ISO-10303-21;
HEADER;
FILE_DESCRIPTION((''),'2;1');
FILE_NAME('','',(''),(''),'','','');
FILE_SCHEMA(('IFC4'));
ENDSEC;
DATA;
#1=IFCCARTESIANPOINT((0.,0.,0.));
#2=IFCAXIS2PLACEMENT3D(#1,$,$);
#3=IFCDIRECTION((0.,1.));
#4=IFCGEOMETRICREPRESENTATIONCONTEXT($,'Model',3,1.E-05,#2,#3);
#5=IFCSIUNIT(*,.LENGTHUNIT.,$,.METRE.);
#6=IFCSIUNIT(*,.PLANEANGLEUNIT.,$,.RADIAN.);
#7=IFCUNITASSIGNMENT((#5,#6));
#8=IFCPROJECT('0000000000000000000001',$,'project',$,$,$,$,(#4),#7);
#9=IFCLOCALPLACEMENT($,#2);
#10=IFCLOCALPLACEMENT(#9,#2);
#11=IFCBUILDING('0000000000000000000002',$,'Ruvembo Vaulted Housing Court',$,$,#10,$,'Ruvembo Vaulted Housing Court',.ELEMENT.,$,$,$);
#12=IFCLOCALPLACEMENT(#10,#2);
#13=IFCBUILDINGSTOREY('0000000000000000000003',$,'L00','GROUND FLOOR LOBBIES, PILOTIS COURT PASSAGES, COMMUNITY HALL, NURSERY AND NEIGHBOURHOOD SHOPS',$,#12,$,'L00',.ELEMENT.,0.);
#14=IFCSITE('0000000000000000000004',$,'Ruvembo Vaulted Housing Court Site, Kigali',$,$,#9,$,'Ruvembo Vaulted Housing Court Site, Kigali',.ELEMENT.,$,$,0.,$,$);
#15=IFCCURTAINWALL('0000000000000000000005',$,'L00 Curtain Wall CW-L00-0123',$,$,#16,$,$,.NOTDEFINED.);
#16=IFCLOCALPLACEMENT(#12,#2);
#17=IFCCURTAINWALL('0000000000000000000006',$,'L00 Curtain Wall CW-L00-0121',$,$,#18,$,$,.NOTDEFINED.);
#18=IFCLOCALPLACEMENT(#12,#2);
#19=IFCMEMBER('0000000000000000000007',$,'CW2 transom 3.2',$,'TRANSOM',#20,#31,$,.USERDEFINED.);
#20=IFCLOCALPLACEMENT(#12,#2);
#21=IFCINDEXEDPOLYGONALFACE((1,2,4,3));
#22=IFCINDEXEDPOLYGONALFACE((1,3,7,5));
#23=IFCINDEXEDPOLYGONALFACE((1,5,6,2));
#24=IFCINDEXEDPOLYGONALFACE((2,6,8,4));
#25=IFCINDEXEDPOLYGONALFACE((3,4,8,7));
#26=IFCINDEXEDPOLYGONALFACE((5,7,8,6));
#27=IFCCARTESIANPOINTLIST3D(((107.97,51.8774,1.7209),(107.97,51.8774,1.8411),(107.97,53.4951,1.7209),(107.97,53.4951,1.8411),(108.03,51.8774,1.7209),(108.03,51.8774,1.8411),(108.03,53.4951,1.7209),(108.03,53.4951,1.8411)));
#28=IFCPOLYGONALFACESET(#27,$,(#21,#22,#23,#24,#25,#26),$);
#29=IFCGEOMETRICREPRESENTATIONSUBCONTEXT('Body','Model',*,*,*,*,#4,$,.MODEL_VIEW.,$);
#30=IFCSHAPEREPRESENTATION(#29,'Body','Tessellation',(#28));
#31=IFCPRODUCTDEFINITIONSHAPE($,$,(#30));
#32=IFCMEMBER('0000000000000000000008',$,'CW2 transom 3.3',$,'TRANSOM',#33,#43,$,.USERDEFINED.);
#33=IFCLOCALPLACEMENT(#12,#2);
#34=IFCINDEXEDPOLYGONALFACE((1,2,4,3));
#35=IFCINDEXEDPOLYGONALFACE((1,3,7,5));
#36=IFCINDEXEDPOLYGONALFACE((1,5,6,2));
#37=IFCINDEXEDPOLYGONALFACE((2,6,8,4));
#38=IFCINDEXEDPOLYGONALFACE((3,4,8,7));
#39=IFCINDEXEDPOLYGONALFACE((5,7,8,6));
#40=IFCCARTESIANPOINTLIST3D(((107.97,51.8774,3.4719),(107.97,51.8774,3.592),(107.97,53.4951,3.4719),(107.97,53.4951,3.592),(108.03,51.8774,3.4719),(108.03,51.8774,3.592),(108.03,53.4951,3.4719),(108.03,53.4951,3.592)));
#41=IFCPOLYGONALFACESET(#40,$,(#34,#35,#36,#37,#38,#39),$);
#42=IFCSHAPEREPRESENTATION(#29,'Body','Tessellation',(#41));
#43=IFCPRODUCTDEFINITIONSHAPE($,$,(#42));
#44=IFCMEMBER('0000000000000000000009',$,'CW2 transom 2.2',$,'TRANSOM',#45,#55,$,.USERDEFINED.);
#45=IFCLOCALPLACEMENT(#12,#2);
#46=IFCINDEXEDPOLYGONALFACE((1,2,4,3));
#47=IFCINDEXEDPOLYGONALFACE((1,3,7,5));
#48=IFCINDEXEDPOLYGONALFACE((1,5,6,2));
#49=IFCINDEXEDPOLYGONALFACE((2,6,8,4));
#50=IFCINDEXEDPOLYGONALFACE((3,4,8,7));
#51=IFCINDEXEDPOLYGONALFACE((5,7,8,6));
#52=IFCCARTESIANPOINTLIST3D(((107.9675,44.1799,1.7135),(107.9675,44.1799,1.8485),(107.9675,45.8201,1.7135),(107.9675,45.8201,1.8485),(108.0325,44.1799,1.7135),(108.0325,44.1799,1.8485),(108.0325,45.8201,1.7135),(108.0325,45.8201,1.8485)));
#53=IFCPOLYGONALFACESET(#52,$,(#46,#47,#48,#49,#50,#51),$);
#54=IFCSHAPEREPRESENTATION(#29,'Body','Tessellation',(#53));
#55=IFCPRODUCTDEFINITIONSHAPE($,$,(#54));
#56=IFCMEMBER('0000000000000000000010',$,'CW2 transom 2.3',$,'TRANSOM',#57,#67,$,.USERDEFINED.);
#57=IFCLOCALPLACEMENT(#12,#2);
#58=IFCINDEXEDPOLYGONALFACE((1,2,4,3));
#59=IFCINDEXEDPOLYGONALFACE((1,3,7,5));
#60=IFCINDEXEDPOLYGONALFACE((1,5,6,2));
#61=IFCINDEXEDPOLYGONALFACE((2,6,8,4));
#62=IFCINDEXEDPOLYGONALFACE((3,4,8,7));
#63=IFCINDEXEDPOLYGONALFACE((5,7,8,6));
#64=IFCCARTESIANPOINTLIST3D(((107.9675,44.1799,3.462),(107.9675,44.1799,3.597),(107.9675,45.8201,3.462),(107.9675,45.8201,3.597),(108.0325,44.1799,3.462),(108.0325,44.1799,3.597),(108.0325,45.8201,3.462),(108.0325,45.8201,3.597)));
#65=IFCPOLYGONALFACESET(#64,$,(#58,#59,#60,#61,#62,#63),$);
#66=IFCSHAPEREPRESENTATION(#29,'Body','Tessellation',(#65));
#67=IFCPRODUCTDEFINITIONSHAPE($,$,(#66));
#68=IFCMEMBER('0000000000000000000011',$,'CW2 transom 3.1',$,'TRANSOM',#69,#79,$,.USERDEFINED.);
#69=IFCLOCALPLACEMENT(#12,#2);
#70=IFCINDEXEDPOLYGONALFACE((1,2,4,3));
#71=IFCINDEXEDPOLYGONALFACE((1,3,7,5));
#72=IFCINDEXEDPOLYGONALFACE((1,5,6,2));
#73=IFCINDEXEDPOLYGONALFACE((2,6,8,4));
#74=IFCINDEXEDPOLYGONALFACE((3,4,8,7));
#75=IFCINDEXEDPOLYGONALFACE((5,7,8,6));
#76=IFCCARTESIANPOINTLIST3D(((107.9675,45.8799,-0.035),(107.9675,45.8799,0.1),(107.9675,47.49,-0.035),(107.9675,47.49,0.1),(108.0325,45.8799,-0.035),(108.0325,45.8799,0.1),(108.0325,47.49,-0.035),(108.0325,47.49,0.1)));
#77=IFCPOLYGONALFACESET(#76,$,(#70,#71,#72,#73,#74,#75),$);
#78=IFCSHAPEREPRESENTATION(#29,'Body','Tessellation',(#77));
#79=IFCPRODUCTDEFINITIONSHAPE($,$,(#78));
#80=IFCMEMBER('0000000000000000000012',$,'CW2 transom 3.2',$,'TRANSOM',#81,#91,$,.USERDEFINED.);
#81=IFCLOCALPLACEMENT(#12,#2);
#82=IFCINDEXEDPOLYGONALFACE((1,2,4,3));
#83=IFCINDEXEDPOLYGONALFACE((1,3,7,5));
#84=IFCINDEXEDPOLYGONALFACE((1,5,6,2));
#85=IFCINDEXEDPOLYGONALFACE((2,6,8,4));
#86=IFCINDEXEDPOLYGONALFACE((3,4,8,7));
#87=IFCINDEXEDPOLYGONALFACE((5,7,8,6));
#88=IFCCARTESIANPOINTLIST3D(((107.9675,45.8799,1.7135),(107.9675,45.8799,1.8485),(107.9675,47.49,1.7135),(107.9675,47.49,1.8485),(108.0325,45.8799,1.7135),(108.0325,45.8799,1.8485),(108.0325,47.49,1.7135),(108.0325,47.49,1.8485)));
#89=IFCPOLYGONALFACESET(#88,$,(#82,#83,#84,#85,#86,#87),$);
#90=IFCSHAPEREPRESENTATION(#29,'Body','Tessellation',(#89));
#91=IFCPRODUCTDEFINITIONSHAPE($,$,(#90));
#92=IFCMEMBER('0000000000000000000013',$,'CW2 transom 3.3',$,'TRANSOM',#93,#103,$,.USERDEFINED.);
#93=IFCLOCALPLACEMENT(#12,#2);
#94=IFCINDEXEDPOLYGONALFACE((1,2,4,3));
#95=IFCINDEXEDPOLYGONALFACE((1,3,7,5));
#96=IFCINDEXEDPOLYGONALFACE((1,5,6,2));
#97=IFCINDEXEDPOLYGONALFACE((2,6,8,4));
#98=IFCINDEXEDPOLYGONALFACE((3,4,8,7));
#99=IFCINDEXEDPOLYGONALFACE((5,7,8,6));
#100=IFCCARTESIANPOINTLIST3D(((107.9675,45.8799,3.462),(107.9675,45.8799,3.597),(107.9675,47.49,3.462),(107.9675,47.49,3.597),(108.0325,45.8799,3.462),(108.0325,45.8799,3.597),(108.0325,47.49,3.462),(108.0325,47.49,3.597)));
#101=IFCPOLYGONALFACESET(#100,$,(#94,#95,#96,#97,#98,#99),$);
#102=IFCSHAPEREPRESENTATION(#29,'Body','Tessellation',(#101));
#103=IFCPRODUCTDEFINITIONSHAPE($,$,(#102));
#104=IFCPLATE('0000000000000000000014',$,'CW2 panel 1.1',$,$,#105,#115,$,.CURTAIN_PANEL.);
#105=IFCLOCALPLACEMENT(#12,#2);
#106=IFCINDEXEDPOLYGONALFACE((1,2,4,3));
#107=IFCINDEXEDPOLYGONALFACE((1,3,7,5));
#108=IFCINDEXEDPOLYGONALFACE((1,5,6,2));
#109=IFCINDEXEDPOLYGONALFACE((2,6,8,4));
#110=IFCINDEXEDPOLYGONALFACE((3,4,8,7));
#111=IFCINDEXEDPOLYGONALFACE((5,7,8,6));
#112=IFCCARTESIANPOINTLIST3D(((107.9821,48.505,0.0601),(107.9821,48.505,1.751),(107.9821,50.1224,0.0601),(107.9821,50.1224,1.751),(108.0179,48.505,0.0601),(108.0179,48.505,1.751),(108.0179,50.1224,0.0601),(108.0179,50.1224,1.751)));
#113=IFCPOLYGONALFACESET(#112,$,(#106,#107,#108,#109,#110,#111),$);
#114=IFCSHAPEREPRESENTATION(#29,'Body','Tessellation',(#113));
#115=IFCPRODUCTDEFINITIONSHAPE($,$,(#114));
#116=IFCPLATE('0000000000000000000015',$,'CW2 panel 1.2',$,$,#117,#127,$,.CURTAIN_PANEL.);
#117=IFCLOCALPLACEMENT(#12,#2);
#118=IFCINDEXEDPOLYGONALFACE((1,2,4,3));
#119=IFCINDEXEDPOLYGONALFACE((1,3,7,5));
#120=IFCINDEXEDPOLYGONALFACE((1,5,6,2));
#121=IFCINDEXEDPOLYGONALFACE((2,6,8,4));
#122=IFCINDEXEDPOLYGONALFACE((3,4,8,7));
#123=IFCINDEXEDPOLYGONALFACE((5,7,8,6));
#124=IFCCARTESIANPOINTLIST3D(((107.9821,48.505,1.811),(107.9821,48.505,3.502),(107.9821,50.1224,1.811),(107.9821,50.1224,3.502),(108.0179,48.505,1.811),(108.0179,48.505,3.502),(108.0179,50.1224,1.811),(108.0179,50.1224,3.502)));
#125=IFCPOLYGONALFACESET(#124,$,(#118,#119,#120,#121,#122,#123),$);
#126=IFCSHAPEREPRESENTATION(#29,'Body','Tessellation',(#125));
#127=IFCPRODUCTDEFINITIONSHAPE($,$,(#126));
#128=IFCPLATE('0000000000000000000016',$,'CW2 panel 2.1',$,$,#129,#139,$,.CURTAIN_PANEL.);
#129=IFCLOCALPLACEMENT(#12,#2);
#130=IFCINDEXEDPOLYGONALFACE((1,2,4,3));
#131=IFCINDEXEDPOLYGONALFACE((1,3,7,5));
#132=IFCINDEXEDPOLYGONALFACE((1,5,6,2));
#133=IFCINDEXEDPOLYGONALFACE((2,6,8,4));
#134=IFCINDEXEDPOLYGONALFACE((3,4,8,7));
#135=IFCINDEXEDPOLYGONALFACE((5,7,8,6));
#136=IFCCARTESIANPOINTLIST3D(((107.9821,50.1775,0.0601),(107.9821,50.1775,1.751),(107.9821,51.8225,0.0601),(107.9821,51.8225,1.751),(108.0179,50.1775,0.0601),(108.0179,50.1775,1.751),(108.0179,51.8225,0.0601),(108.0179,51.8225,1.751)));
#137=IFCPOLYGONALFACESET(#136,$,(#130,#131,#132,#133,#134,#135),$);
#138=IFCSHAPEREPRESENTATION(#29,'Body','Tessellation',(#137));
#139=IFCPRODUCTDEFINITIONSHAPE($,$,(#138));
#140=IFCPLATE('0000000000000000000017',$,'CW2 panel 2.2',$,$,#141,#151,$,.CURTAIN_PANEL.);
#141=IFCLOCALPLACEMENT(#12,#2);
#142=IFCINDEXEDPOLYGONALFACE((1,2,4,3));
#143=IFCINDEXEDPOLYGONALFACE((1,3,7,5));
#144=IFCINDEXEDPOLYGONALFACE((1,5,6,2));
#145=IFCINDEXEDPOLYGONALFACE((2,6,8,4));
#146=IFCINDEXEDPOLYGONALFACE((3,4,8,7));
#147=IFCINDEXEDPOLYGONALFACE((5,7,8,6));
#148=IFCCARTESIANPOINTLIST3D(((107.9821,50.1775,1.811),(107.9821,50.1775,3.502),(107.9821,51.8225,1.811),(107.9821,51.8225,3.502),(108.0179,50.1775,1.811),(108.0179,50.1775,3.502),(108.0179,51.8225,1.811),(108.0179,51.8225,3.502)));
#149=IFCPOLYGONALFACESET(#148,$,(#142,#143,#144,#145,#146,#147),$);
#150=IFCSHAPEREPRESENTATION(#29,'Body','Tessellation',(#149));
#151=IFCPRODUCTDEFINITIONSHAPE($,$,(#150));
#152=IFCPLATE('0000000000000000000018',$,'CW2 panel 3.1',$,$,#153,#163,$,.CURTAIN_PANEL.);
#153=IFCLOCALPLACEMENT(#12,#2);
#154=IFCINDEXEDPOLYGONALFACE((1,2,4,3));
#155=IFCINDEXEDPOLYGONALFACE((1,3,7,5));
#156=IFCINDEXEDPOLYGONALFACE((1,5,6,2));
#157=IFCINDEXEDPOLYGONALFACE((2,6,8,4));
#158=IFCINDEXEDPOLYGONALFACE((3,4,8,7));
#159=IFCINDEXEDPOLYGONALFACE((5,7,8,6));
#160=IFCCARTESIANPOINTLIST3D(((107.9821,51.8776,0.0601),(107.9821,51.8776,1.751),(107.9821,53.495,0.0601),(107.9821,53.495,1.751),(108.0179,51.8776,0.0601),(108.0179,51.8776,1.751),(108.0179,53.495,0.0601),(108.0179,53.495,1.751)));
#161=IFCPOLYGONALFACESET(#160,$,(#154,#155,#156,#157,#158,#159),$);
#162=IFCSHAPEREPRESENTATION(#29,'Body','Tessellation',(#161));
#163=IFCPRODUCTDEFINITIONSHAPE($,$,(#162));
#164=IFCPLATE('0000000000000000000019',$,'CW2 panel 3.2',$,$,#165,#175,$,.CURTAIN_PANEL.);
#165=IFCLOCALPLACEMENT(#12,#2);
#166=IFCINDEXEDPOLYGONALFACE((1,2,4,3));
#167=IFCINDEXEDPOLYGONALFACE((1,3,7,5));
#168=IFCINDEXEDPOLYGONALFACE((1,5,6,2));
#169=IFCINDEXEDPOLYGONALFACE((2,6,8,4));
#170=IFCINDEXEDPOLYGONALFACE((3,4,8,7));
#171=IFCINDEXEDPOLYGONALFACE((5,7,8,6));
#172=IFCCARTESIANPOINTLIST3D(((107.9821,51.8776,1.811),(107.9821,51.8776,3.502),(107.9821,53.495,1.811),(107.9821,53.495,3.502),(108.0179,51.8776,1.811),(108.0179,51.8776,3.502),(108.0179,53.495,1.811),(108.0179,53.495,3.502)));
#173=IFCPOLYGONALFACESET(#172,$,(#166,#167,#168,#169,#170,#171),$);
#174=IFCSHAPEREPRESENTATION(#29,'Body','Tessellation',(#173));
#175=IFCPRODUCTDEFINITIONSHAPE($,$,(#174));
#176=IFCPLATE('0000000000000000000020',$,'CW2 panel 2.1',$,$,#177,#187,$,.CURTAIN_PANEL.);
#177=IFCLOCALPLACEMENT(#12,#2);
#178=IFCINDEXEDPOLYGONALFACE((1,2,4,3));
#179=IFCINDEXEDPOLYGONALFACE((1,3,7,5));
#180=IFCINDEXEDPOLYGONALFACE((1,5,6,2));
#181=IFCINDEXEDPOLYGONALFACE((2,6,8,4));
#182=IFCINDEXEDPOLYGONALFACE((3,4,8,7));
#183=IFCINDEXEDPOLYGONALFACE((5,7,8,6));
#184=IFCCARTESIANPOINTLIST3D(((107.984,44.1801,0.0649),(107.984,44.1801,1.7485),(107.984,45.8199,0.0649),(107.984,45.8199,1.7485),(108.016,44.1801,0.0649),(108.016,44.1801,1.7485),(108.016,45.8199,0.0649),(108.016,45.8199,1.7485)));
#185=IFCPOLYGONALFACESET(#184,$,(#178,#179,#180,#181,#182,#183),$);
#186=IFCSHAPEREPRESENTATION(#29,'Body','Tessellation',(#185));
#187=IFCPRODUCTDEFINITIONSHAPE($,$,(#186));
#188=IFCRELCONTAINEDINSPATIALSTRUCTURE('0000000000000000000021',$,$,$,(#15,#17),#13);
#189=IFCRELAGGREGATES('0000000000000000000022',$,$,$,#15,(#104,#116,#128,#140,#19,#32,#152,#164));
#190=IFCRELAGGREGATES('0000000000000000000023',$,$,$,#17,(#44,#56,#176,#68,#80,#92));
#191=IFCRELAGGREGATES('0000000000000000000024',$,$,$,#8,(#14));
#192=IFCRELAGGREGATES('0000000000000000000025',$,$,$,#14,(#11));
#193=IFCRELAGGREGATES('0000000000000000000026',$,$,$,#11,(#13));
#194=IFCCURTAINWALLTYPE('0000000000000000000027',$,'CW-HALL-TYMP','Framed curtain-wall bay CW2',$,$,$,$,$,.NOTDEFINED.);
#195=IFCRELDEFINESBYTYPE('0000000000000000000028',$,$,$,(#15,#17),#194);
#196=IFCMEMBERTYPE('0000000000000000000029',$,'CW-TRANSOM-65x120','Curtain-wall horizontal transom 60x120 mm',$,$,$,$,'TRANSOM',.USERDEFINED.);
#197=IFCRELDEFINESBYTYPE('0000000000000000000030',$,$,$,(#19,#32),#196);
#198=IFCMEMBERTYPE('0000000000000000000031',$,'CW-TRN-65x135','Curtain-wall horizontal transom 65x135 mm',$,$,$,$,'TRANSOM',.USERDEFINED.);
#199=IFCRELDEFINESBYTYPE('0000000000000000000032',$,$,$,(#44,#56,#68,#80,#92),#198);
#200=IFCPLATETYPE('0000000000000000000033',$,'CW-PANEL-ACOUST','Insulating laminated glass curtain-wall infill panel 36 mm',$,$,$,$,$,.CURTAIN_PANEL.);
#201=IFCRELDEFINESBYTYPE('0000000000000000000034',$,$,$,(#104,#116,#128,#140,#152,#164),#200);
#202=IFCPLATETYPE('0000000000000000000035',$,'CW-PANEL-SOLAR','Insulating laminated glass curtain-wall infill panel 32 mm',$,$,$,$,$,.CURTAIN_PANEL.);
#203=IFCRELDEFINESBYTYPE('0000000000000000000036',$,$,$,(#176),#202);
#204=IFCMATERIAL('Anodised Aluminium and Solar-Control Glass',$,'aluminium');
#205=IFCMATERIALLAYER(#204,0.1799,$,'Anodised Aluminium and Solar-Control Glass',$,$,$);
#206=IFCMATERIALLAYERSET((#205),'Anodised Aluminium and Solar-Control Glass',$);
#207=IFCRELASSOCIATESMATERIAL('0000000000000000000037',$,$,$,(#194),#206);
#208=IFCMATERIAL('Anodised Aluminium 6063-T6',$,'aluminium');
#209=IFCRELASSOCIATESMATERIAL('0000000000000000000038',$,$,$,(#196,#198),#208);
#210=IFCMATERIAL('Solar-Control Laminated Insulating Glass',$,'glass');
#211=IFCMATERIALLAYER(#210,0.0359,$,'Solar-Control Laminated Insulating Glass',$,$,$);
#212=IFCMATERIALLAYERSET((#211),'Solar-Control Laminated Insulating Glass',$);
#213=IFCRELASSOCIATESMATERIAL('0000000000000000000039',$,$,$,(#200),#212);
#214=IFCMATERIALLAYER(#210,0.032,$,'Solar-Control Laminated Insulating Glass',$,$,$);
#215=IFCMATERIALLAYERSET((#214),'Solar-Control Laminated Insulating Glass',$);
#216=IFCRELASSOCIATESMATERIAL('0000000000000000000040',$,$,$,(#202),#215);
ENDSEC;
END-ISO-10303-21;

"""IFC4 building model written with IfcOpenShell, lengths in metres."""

from ifc_helpers import new_model, si_unit, direction, frame, origin, origin_2d, place, context, subcontext, project, spatial, rectangle, extrude, material, layer, layer_set, material_profile, profile_set, type_object, element, aggregate, save


model = new_model("IFC4")

# Units and contexts
model_context = context("Model", 3, precision=1e-05, world=origin(), true_north=direction((0.0, 1.0)))
body_context = subcontext(model_context, "Body", "Model", "MODEL_VIEW")
ifc_project = project(units=[si_unit("LENGTHUNIT", "METRE"), si_unit("PLANEANGLEUNIT", "RADIAN")], contexts=[model_context])

# Site, building, storey
site_placement = place(None, origin())
site = spatial("IfcSite", under=ifc_project, at=site_placement, Name="Ruvembo Vaulted Housing Court Site, Kigali", LongName="Ruvembo Vaulted Housing Court Site, Kigali", CompositionType="ELEMENT", RefElevation=0.0)
building_placement = place(site_placement, origin())
building = spatial("IfcBuilding", under=site, at=building_placement, Name="Ruvembo Vaulted Housing Court", LongName="Ruvembo Vaulted Housing Court", CompositionType="ELEMENT")
storey_placement = place(building_placement, origin())
storey = spatial("IfcBuildingStorey", under=building, at=storey_placement, Name="L00", Description="GROUND FLOOR LOBBIES, PILOTIS COURT PASSAGES, COMMUNITY HALL, NURSERY AND NEIGHBOURHOOD SHOPS", LongName="L00", CompositionType="ELEMENT", Elevation=0.0)

# Curtain walls
ifc_material_1 = material(Name="Anodised Aluminium and Solar-Control Glass", Category="aluminium")
ifc_layer_1 = layer(ifc_material_1, 0.1799, Name="Anodised Aluminium and Solar-Control Glass")
ifc_layer_set_1 = layer_set([ifc_layer_1], Name="Anodised Aluminium and Solar-Control Glass")
curtain_wall_type = type_object("IfcCurtainWallType", Name="CW-HALL-TYMP", Description="Framed curtain-wall bay CW2", PredefinedType="NOTDEFINED", material=ifc_layer_set_1)
curtain_wall_1_placement = place(storey_placement, origin())
curtain_wall_1 = element("IfcCurtainWall", 1, at=curtain_wall_1_placement, inside=storey, type_object=curtain_wall_type, Name="L00 Curtain Wall CW-L00-0123", PredefinedType="NOTDEFINED")
ifc_material_2 = material(Name="Anodised Aluminium 6063-T6", Category="aluminium")
curtain_wall_2_placement = place(storey_placement, origin())
curtain_wall_2 = element("IfcCurtainWall", 2, at=curtain_wall_2_placement, inside=storey, type_object=curtain_wall_type, Name="L00 Curtain Wall CW-L00-0121", PredefinedType="NOTDEFINED")

# Members
ifc_material_profile_1 = material_profile(ifc_material_2, rectangle(XDim=0.0601, YDim=0.1201, at=origin_2d()), Name="ALU 60x120")
ifc_profile_set_1 = profile_set([ifc_material_profile_1], Name="Anodised Aluminium 6063-T6")
member_type_1 = type_object("IfcMemberType", Name="CW-TRANSOM-65x120", Description="Curtain-wall horizontal transom 60x120 mm", ElementType="TRANSOM", PredefinedType="USERDEFINED", material=ifc_profile_set_1)
member_1_placement = place(storey_placement, frame((108.0, 51.8774, 1.781), z_axis=(0.0, 1.0, 0.0), x_axis=(-1.0, 0.0, 0.0)))
member_1 = element("IfcMember", 3, at=member_1_placement, type_object=member_type_1, Name="CW2 transom 3.2", ObjectType="TRANSOM", PredefinedType="USERDEFINED", context=body_context, shape_type="SweptSolid", body=[
    extrude(rectangle(XDim=0.0601, YDim=0.1201, at=origin_2d()), origin(), (0.0, 0.0, 1.0), 1.6177),
])
member_2_placement = place(storey_placement, frame((108.0, 51.8774, 3.532), z_axis=(0.0, 1.0, 0.0), x_axis=(-1.0, 0.0, 0.0)))
member_2 = element("IfcMember", 4, at=member_2_placement, type_object=member_type_1, Name="CW2 transom 3.3", ObjectType="TRANSOM", PredefinedType="USERDEFINED", context=body_context, shape_type="SweptSolid", body=[
    extrude(rectangle(XDim=0.0601, YDim=0.1201, at=origin_2d()), origin(), (0.0, 0.0, 1.0), 1.6177),
])
ifc_material_profile_2 = material_profile(ifc_material_2, rectangle(XDim=0.0649, YDim=0.135, at=origin_2d()), Name="ALU 65x135")
ifc_profile_set_2 = profile_set([ifc_material_profile_2], Name="Anodised Aluminium 6063-T6")
member_type_2 = type_object("IfcMemberType", Name="CW-TRN-65x135", Description="Curtain-wall horizontal transom 65x135 mm", ElementType="TRANSOM", PredefinedType="USERDEFINED", material=ifc_profile_set_2)
member_3_placement = place(storey_placement, frame((108.0, 44.1799, 1.781), z_axis=(0.0, 1.0, 0.0), x_axis=(-1.0, 0.0, 0.0)))
member_3 = element("IfcMember", 5, at=member_3_placement, type_object=member_type_2, Name="CW2 transom 2.2", ObjectType="TRANSOM", PredefinedType="USERDEFINED", context=body_context, shape_type="SweptSolid", body=[
    extrude(rectangle(XDim=0.0649, YDim=0.135, at=origin_2d()), origin(), (0.0, 0.0, 1.0), 1.6401),
])
member_4_placement = place(storey_placement, frame((108.0, 44.1799, 3.5295), z_axis=(0.0, 1.0, 0.0), x_axis=(-1.0, 0.0, 0.0)))
member_4 = element("IfcMember", 6, at=member_4_placement, type_object=member_type_2, Name="CW2 transom 2.3", ObjectType="TRANSOM", PredefinedType="USERDEFINED", context=body_context, shape_type="SweptSolid", body=[
    extrude(rectangle(XDim=0.0649, YDim=0.135, at=origin_2d()), origin(), (0.0, 0.0, 1.0), 1.6401),
])
member_5_placement = place(storey_placement, frame((108.0, 45.8799, 0.0325), z_axis=(0.0, 1.0, 0.0), x_axis=(-1.0, 0.0, 0.0)))
member_5 = element("IfcMember", 7, at=member_5_placement, type_object=member_type_2, Name="CW2 transom 3.1", ObjectType="TRANSOM", PredefinedType="USERDEFINED", context=body_context, shape_type="SweptSolid", body=[
    extrude(rectangle(XDim=0.0649, YDim=0.135, at=origin_2d()), origin(), (0.0, 0.0, 1.0), 1.6101),
])
member_6_placement = place(storey_placement, frame((108.0, 45.8799, 1.781), z_axis=(0.0, 1.0, 0.0), x_axis=(-1.0, 0.0, 0.0)))
member_6 = element("IfcMember", 8, at=member_6_placement, type_object=member_type_2, Name="CW2 transom 3.2", ObjectType="TRANSOM", PredefinedType="USERDEFINED", context=body_context, shape_type="SweptSolid", body=[
    extrude(rectangle(XDim=0.0649, YDim=0.135, at=origin_2d()), origin(), (0.0, 0.0, 1.0), 1.6101),
])
member_7_placement = place(storey_placement, frame((108.0, 45.8799, 3.5295), z_axis=(0.0, 1.0, 0.0), x_axis=(-1.0, 0.0, 0.0)))
member_7 = element("IfcMember", 9, at=member_7_placement, type_object=member_type_2, Name="CW2 transom 3.3", ObjectType="TRANSOM", PredefinedType="USERDEFINED", context=body_context, shape_type="SweptSolid", body=[
    extrude(rectangle(XDim=0.0649, YDim=0.135, at=origin_2d()), origin(), (0.0, 0.0, 1.0), 1.6101),
])

# Plates
ifc_material_3 = material(Name="Solar-Control Laminated Insulating Glass", Category="glass")
ifc_layer_2 = layer(ifc_material_3, 0.0359, Name="Solar-Control Laminated Insulating Glass")
ifc_layer_set_2 = layer_set([ifc_layer_2], Name="Solar-Control Laminated Insulating Glass")
plate_type_1 = type_object("IfcPlateType", Name="CW-PANEL-ACOUST", Description="Insulating laminated glass curtain-wall infill panel 36 mm", PredefinedType="CURTAIN_PANEL", material=ifc_layer_set_2)
plate_1_placement = place(storey_placement, frame((108.0, 49.3137, 0.0601), z_axis=(0.0, 0.0, 1.0), x_axis=(0.0, 1.0, 0.0)))
plate_1 = element("IfcPlate", 10, at=plate_1_placement, type_object=plate_type_1, Name="CW2 panel 1.1", PredefinedType="CURTAIN_PANEL", context=body_context, shape_type="SweptSolid", body=[
    extrude(rectangle(XDim=1.6174, YDim=0.0359, at=origin_2d()), origin(), (0.0, 0.0, 1.0), 1.6909),
])
plate_2_placement = place(storey_placement, frame((108.0, 49.3137, 1.811), z_axis=(0.0, 0.0, 1.0), x_axis=(0.0, 1.0, 0.0)))
plate_2 = element("IfcPlate", 11, at=plate_2_placement, type_object=plate_type_1, Name="CW2 panel 1.2", PredefinedType="CURTAIN_PANEL", context=body_context, shape_type="SweptSolid", body=[
    extrude(rectangle(XDim=1.6174, YDim=0.0359, at=origin_2d()), origin(), (0.0, 0.0, 1.0), 1.6909),
])
plate_3_placement = place(storey_placement, frame((108.0, 51.0, 0.0601), z_axis=(0.0, 0.0, 1.0), x_axis=(0.0, 1.0, 0.0)))
plate_3 = element("IfcPlate", 12, at=plate_3_placement, type_object=plate_type_1, Name="CW2 panel 2.1", PredefinedType="CURTAIN_PANEL", context=body_context, shape_type="SweptSolid", body=[
    extrude(rectangle(XDim=1.645, YDim=0.0359, at=origin_2d()), origin(), (0.0, 0.0, 1.0), 1.6909),
])
plate_4_placement = place(storey_placement, frame((108.0, 51.0, 1.811), z_axis=(0.0, 0.0, 1.0), x_axis=(0.0, 1.0, 0.0)))
plate_4 = element("IfcPlate", 13, at=plate_4_placement, type_object=plate_type_1, Name="CW2 panel 2.2", PredefinedType="CURTAIN_PANEL", context=body_context, shape_type="SweptSolid", body=[
    extrude(rectangle(XDim=1.645, YDim=0.0359, at=origin_2d()), origin(), (0.0, 0.0, 1.0), 1.6909),
])
plate_5_placement = place(storey_placement, frame((108.0, 52.6863, 0.0601), z_axis=(0.0, 0.0, 1.0), x_axis=(0.0, 1.0, 0.0)))
plate_5 = element("IfcPlate", 14, at=plate_5_placement, type_object=plate_type_1, Name="CW2 panel 3.1", PredefinedType="CURTAIN_PANEL", context=body_context, shape_type="SweptSolid", body=[
    extrude(rectangle(XDim=1.6174, YDim=0.0359, at=origin_2d()), origin(), (0.0, 0.0, 1.0), 1.6909),
])
plate_6_placement = place(storey_placement, frame((108.0, 52.6863, 1.811), z_axis=(0.0, 0.0, 1.0), x_axis=(0.0, 1.0, 0.0)))
plate_6 = element("IfcPlate", 15, at=plate_6_placement, type_object=plate_type_1, Name="CW2 panel 3.2", PredefinedType="CURTAIN_PANEL", context=body_context, shape_type="SweptSolid", body=[
    extrude(rectangle(XDim=1.6174, YDim=0.0359, at=origin_2d()), origin(), (0.0, 0.0, 1.0), 1.6909),
])
aggregate(curtain_wall_1, [plate_1, plate_2, plate_3, plate_4, member_1, member_2, plate_5, plate_6])
ifc_layer_3 = layer(ifc_material_3, 0.032, Name="Solar-Control Laminated Insulating Glass")
ifc_layer_set_3 = layer_set([ifc_layer_3], Name="Solar-Control Laminated Insulating Glass")
plate_type_2 = type_object("IfcPlateType", Name="CW-PANEL-SOLAR", Description="Insulating laminated glass curtain-wall infill panel 32 mm", PredefinedType="CURTAIN_PANEL", material=ifc_layer_set_3)
plate_7_placement = place(storey_placement, frame((108.0, 45.0, 0.0649), z_axis=(0.0, 0.0, 1.0), x_axis=(0.0, 1.0, 0.0)))
plate_7 = element("IfcPlate", 16, at=plate_7_placement, type_object=plate_type_2, Name="CW2 panel 2.1", PredefinedType="CURTAIN_PANEL", context=body_context, shape_type="SweptSolid", body=[
    extrude(rectangle(XDim=1.6399, YDim=0.032, at=origin_2d()), origin(), (0.0, 0.0, 1.0), 1.6836),
])
aggregate(curtain_wall_2, [member_3, member_4, plate_7, member_5, member_6, member_7])

save(model, "model.ifc")
